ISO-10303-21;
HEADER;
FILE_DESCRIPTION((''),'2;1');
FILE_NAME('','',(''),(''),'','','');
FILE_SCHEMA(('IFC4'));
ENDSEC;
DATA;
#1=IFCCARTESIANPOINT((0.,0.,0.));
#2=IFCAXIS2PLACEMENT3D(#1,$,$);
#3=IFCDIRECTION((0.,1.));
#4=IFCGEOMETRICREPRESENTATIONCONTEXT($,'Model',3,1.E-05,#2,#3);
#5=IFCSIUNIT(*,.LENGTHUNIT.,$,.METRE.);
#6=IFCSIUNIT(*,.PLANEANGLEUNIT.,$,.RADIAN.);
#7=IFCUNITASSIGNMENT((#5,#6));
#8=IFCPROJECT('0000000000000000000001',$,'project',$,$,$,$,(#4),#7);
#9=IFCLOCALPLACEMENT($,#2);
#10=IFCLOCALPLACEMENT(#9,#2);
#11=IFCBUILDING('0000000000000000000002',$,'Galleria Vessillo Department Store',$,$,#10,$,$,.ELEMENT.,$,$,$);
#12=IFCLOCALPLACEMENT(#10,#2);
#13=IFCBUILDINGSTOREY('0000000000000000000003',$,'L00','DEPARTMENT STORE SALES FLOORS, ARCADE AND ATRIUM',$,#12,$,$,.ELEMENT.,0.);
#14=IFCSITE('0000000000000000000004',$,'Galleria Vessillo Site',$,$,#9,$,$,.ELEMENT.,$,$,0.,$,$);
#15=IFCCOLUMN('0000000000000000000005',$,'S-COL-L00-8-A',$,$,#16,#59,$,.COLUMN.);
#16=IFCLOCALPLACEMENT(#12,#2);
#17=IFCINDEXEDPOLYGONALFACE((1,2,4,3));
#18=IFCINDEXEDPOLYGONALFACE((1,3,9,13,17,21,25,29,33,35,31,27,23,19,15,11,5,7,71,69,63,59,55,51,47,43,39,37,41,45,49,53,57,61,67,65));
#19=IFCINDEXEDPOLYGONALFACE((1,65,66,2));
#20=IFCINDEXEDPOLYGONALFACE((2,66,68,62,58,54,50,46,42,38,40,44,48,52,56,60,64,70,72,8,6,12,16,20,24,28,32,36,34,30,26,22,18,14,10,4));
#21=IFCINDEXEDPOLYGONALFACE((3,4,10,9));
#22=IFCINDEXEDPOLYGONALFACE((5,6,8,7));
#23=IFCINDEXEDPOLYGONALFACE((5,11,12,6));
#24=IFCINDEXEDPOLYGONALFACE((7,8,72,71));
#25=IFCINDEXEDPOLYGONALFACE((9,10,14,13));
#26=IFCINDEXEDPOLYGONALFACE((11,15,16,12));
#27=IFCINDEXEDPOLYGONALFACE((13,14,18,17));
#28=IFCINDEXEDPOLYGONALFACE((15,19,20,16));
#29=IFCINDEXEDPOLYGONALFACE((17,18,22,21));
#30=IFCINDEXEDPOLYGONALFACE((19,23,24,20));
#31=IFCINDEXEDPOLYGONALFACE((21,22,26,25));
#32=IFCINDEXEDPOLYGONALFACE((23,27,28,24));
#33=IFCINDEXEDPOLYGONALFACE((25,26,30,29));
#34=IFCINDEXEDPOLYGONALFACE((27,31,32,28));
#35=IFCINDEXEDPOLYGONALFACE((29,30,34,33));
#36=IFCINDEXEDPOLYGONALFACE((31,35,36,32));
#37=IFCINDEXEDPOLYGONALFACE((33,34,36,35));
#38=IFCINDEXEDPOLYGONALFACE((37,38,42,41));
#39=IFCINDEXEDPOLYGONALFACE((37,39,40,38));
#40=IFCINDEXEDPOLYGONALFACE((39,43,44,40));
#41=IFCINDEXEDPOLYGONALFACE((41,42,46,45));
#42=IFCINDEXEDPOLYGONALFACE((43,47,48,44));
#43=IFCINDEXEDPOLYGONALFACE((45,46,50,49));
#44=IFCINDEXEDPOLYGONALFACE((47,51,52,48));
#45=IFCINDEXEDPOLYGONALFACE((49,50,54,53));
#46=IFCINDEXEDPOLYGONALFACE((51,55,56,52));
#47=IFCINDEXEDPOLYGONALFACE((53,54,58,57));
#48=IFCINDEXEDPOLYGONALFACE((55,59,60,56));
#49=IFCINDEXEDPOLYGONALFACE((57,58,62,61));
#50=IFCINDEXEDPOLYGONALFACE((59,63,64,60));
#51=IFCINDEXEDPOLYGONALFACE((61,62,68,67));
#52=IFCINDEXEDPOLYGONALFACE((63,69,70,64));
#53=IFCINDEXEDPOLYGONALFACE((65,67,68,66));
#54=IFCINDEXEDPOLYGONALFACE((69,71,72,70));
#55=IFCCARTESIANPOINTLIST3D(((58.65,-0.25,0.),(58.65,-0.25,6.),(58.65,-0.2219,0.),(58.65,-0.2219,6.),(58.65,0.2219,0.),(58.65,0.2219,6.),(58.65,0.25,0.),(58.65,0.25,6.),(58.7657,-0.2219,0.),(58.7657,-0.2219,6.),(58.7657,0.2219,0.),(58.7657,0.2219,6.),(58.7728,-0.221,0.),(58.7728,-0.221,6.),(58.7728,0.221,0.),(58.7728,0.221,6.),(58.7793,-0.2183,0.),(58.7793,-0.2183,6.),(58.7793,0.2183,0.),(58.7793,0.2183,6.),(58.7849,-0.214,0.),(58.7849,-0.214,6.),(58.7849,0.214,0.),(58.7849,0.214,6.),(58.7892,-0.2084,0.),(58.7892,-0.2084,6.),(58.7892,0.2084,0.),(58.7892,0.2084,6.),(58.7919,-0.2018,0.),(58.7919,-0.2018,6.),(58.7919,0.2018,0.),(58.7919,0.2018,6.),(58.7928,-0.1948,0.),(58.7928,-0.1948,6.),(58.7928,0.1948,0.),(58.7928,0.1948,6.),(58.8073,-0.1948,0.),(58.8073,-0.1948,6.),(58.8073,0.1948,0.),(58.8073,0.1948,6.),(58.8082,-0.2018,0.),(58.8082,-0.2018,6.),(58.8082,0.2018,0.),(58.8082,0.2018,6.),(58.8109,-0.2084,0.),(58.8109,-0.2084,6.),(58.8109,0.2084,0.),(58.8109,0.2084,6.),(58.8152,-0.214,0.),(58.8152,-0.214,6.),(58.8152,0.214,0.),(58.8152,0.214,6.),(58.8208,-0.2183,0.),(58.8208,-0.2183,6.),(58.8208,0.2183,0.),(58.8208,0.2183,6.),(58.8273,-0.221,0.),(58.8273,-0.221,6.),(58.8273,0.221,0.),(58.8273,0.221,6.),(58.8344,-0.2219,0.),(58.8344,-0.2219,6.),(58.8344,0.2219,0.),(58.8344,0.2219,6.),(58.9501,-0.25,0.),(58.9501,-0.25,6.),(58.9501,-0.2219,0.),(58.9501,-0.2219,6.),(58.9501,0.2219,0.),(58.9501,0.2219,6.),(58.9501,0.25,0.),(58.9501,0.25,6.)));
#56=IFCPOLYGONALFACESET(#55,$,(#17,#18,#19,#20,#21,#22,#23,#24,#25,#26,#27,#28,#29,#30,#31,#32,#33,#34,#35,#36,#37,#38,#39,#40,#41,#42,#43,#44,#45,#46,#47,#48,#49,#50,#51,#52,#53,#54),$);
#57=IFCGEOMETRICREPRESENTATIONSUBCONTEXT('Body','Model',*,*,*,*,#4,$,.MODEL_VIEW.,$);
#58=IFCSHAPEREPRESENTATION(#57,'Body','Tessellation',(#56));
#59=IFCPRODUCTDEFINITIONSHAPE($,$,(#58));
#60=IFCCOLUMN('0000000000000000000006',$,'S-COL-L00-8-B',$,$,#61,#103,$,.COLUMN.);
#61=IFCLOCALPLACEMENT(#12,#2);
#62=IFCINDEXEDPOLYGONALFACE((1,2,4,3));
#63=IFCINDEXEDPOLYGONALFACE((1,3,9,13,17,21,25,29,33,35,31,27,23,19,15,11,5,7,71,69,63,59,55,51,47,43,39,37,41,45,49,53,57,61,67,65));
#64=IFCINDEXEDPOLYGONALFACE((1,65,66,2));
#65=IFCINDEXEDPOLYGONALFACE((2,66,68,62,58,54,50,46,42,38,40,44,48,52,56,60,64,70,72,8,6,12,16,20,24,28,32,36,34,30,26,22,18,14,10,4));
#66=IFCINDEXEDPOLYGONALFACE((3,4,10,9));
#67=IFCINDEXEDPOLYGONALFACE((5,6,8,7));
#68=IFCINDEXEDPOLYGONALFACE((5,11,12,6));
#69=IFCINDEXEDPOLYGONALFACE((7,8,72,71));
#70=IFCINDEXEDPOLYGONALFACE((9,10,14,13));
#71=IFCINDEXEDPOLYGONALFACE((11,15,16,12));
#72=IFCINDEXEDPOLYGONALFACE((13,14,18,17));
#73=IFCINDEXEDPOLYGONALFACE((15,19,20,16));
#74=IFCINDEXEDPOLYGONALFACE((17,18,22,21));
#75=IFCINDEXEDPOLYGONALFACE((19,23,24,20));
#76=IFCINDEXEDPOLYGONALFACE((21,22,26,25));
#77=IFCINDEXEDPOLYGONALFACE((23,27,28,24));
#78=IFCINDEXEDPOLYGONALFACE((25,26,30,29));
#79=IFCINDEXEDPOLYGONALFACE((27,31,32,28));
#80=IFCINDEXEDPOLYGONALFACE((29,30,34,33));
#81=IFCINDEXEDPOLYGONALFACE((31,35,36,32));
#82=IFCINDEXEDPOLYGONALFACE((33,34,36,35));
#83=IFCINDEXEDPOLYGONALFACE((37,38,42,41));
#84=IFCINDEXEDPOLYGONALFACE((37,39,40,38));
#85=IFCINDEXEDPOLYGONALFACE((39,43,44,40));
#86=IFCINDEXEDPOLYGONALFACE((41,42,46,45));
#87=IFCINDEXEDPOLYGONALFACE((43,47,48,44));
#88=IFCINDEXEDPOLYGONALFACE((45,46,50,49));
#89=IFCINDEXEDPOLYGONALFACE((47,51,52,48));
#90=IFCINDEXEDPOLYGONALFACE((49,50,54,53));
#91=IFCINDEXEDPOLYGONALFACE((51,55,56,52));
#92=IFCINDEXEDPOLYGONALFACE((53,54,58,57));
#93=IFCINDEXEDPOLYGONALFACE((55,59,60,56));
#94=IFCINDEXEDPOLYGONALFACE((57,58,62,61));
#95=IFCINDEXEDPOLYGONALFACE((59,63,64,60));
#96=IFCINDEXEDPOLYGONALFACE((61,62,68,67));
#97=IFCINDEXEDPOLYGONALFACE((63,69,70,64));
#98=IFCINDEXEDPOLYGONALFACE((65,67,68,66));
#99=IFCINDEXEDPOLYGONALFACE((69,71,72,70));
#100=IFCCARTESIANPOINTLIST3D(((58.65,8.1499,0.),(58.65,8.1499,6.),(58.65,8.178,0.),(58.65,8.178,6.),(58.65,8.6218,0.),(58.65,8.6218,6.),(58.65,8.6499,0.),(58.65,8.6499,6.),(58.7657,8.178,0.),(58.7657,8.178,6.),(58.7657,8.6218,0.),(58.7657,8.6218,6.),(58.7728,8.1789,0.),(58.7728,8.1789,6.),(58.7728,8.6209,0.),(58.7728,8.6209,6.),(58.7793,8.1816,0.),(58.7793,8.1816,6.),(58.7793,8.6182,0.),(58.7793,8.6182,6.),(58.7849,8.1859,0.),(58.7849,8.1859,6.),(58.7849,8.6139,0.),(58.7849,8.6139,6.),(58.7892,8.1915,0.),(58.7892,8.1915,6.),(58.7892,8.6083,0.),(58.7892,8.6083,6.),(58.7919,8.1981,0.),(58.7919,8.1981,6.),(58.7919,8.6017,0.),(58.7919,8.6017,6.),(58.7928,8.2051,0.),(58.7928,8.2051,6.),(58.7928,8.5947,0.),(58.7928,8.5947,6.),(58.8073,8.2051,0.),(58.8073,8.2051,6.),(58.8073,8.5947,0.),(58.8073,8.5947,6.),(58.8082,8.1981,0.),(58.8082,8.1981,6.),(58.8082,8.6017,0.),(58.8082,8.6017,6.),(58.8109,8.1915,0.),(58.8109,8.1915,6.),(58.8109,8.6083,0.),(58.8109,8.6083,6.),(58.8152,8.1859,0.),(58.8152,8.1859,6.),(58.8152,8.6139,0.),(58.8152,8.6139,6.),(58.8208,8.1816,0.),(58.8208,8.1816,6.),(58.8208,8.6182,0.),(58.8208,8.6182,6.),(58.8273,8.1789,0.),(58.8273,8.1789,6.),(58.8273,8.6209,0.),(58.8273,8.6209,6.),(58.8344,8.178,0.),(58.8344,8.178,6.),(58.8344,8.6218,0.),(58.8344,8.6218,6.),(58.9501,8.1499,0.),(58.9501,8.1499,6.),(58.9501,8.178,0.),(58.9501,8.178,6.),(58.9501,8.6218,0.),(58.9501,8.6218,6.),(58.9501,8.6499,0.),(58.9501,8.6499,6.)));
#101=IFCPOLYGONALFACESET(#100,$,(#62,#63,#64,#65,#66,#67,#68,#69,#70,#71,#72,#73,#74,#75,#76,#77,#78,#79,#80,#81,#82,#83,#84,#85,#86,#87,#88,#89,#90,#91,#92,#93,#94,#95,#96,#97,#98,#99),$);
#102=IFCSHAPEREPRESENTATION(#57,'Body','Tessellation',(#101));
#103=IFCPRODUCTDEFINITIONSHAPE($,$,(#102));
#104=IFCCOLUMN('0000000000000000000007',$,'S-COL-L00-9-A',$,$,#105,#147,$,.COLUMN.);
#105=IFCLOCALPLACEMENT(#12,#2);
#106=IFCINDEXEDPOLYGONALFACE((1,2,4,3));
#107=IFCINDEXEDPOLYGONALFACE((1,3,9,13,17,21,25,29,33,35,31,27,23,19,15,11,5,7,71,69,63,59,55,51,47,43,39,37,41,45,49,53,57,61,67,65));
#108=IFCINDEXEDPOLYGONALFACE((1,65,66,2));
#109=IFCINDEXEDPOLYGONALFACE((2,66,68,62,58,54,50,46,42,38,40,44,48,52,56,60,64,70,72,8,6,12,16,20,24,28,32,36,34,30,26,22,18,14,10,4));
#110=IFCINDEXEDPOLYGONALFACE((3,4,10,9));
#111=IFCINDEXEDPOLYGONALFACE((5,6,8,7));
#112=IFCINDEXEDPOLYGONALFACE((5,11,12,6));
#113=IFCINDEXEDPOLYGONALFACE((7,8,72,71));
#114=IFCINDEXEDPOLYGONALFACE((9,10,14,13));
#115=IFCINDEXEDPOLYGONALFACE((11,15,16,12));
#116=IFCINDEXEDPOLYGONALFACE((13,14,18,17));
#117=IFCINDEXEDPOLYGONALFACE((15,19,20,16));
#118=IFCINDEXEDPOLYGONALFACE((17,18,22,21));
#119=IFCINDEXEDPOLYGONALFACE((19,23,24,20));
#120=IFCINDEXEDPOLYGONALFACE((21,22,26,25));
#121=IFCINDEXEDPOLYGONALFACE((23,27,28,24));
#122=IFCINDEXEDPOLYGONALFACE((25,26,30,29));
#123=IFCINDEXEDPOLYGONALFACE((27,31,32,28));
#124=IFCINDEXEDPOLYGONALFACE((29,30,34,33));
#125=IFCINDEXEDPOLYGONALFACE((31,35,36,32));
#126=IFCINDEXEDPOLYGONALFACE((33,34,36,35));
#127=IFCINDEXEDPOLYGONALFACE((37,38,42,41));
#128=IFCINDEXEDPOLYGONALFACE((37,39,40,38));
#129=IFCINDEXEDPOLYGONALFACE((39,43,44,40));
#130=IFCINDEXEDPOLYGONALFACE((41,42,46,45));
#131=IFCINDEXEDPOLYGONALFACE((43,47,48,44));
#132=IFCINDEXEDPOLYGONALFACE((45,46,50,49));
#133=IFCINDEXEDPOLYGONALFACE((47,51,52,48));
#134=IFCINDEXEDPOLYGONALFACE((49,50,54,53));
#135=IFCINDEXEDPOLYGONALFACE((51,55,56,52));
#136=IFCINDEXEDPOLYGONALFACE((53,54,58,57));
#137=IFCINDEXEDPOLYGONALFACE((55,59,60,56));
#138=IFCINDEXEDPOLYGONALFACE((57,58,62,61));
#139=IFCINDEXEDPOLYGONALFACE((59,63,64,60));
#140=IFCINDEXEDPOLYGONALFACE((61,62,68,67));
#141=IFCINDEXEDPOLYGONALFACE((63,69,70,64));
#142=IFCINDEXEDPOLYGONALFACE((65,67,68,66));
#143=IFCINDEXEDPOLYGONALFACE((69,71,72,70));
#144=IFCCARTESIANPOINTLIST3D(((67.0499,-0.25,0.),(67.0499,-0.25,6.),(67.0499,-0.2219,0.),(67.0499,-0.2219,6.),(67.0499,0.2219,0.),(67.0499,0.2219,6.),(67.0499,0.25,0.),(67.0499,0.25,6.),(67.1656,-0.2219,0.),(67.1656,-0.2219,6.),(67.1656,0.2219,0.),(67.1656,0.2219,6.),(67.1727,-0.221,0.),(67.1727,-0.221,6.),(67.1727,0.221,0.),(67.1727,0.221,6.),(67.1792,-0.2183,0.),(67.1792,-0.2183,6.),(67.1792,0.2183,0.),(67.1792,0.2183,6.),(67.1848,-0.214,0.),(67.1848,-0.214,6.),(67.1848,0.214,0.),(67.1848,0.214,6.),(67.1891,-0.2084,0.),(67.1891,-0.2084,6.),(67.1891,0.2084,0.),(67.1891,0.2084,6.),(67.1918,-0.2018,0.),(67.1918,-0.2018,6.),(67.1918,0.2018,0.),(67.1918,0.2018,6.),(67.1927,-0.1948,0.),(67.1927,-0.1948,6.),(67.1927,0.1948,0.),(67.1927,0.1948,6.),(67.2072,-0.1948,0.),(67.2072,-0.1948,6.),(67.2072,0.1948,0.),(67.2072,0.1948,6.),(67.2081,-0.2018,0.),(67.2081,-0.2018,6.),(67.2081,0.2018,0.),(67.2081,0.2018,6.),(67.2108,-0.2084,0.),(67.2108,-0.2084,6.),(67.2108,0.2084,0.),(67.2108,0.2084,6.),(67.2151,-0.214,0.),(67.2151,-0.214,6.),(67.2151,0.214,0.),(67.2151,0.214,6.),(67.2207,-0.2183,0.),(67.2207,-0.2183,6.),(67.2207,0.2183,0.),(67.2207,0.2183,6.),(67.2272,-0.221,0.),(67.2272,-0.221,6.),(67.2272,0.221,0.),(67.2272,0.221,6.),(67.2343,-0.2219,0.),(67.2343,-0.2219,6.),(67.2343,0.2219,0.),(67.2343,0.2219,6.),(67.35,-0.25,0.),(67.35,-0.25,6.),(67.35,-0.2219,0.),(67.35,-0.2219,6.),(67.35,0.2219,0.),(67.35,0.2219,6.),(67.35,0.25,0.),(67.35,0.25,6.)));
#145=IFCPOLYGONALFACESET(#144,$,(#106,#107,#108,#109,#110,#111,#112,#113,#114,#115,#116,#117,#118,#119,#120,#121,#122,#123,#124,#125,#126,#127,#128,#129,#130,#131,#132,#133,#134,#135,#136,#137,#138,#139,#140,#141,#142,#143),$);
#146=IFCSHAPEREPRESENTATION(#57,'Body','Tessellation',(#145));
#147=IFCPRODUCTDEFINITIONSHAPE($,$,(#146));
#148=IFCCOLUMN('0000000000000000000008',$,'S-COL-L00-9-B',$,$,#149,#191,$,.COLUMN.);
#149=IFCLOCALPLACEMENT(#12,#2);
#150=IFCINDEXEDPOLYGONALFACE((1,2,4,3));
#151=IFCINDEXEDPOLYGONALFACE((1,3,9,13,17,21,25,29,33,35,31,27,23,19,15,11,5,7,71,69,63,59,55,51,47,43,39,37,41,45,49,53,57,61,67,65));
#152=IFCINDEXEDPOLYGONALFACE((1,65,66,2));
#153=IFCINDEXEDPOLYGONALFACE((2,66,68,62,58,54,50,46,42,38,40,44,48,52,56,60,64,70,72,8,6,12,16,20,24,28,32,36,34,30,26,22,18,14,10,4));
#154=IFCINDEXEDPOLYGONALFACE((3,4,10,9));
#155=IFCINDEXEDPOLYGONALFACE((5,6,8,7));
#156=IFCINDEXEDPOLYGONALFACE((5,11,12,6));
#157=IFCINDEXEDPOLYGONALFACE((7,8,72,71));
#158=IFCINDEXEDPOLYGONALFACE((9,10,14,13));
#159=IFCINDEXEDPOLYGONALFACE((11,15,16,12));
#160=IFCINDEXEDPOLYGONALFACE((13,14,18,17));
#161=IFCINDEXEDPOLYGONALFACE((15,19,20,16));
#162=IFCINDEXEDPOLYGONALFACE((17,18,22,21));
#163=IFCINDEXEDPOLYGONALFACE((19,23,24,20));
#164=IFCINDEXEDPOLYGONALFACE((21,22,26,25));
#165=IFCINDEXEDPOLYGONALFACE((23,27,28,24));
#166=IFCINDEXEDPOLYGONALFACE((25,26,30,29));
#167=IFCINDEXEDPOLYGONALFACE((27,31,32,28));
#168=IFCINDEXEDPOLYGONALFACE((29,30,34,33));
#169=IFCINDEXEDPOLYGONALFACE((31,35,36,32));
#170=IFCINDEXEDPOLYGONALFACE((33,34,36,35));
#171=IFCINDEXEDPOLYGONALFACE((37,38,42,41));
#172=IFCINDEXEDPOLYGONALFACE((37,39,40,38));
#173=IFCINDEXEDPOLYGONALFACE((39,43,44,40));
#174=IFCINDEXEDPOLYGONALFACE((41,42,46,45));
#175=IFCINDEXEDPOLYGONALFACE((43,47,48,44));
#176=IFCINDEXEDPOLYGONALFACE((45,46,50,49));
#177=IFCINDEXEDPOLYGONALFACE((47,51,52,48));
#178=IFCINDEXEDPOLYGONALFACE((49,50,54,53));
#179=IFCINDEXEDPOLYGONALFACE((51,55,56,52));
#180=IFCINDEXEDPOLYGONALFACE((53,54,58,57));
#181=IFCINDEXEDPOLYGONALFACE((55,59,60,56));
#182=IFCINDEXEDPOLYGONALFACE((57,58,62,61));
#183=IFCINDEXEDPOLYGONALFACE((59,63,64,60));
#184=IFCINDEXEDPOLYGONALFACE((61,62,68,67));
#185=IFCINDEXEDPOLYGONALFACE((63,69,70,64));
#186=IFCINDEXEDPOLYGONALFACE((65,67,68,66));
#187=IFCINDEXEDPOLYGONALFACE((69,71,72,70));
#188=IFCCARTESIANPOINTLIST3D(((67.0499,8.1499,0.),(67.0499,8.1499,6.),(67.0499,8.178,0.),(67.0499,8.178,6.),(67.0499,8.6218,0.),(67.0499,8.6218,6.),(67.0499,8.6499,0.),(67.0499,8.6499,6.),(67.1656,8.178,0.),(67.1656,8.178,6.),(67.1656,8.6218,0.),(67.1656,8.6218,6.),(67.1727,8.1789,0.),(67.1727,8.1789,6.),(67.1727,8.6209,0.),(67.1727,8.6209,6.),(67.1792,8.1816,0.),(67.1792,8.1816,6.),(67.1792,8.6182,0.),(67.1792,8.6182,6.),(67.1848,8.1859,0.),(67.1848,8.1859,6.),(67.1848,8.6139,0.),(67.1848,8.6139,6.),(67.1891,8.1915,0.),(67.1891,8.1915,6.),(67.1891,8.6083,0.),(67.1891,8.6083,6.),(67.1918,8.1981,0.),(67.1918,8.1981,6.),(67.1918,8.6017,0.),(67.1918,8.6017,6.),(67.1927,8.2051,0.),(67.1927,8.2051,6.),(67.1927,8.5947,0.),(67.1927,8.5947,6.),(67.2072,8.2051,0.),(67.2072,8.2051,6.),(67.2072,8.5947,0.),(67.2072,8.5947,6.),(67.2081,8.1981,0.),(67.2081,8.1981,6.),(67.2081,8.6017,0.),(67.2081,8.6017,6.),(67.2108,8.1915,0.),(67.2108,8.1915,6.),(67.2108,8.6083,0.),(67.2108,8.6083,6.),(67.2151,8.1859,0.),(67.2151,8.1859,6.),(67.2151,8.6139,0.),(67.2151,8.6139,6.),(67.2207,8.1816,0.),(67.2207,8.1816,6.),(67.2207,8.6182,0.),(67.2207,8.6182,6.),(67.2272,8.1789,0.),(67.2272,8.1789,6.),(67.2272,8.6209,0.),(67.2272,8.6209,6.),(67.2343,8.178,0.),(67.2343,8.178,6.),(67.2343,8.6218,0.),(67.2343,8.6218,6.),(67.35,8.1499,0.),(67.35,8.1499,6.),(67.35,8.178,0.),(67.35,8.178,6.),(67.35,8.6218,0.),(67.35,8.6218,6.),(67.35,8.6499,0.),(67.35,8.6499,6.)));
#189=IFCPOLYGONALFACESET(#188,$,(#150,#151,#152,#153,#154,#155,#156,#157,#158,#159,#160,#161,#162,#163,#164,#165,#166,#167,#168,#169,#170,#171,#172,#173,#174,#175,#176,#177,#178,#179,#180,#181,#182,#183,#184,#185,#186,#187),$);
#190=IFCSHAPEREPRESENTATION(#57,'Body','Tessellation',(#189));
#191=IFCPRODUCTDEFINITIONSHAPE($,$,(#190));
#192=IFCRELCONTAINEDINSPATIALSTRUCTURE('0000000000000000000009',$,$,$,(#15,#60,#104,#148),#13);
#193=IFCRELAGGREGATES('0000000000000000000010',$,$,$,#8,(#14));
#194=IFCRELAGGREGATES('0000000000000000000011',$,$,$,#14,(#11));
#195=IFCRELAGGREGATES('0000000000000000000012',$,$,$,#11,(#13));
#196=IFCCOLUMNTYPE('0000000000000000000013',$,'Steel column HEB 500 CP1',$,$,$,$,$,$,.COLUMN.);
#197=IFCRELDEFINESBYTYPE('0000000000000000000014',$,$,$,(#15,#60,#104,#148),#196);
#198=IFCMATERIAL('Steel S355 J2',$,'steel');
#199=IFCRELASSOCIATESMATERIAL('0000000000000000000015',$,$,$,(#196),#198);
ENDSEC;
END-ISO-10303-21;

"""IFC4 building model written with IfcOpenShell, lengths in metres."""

from ifc_helpers import new_model, si_unit, direction, frame, origin, origin_2d, place, context, subcontext, project, spatial, i_section, extrude, material, material_profile, profile_set, type_object, element, save


model = new_model("IFC4")

# Units and contexts
model_context = context("Model", 3, precision=1e-05, world=origin(), true_north=direction((0.0, 1.0)))
body_context = subcontext(model_context, "Body", "Model", "MODEL_VIEW")
ifc_project = project(units=[si_unit("LENGTHUNIT", "METRE"), si_unit("PLANEANGLEUNIT", "RADIAN")], contexts=[model_context])

# Site, building, storey
site_placement = place(None, origin())
site = spatial("IfcSite", under=ifc_project, at=site_placement, Name="Galleria Vessillo Site", CompositionType="ELEMENT", RefElevation=0.0)
building_placement = place(site_placement, origin())
building = spatial("IfcBuilding", under=site, at=building_placement, Name="Galleria Vessillo Department Store", CompositionType="ELEMENT")
storey_placement = place(building_placement, origin())
storey = spatial("IfcBuildingStorey", under=building, at=storey_placement, Name="L00", Description="DEPARTMENT STORE SALES FLOORS, ARCADE AND ATRIUM", CompositionType="ELEMENT", Elevation=0.0)

# Columns
ifc_material_1 = material(Name="Steel S355 J2", Category="steel")
ifc_material_profile_1 = material_profile(ifc_material_1, i_section(OverallWidth=0.3, OverallDepth=0.5, WebThickness=0.0144, FlangeThickness=0.0281, FilletRadius=0.0271, at=origin_2d()), Name="HEB 500")
ifc_profile_set_1 = profile_set([ifc_material_profile_1], Name="Steel S355 J2")
column_type = type_object("IfcColumnType", Name="Steel column HEB 500 CP1", PredefinedType="COLUMN", material=ifc_profile_set_1)
for number, where, z_axis, x_axis, name in (
    (1, (58.8, 0.0, 0.0), (0.0, 0.0, 1.0), (1.0, 0.0, 0.0), "S-COL-L00-8-A"),
    (2, (58.8, 8.3999, 0.0), (0.0, 0.0, 1.0), (1.0, 0.0, 0.0), "S-COL-L00-8-B"),
    (3, (67.2, 0.0, 0.0), (0.0, 0.0, 1.0), (1.0, 0.0, 0.0), "S-COL-L00-9-A"),
    (4, (67.2, 8.3999, 0.0), (0.0, 0.0, 1.0), (1.0, 0.0, 0.0), "S-COL-L00-9-B"),
):
    element("IfcColumn", number, at=place(storey_placement, frame(where, z_axis=z_axis, x_axis=x_axis)), inside=storey, type_object=column_type, Name=name, PredefinedType="COLUMN", context=body_context, shape_type="SweptSolid", body=[
        extrude(i_section(OverallWidth=0.3, OverallDepth=0.5, WebThickness=0.0144, FlangeThickness=0.0281, FilletRadius=0.0271, at=origin_2d()), origin(), (0.0, 0.0, 1.0), 6.0),
    ])

save(model, "model.ifc")
